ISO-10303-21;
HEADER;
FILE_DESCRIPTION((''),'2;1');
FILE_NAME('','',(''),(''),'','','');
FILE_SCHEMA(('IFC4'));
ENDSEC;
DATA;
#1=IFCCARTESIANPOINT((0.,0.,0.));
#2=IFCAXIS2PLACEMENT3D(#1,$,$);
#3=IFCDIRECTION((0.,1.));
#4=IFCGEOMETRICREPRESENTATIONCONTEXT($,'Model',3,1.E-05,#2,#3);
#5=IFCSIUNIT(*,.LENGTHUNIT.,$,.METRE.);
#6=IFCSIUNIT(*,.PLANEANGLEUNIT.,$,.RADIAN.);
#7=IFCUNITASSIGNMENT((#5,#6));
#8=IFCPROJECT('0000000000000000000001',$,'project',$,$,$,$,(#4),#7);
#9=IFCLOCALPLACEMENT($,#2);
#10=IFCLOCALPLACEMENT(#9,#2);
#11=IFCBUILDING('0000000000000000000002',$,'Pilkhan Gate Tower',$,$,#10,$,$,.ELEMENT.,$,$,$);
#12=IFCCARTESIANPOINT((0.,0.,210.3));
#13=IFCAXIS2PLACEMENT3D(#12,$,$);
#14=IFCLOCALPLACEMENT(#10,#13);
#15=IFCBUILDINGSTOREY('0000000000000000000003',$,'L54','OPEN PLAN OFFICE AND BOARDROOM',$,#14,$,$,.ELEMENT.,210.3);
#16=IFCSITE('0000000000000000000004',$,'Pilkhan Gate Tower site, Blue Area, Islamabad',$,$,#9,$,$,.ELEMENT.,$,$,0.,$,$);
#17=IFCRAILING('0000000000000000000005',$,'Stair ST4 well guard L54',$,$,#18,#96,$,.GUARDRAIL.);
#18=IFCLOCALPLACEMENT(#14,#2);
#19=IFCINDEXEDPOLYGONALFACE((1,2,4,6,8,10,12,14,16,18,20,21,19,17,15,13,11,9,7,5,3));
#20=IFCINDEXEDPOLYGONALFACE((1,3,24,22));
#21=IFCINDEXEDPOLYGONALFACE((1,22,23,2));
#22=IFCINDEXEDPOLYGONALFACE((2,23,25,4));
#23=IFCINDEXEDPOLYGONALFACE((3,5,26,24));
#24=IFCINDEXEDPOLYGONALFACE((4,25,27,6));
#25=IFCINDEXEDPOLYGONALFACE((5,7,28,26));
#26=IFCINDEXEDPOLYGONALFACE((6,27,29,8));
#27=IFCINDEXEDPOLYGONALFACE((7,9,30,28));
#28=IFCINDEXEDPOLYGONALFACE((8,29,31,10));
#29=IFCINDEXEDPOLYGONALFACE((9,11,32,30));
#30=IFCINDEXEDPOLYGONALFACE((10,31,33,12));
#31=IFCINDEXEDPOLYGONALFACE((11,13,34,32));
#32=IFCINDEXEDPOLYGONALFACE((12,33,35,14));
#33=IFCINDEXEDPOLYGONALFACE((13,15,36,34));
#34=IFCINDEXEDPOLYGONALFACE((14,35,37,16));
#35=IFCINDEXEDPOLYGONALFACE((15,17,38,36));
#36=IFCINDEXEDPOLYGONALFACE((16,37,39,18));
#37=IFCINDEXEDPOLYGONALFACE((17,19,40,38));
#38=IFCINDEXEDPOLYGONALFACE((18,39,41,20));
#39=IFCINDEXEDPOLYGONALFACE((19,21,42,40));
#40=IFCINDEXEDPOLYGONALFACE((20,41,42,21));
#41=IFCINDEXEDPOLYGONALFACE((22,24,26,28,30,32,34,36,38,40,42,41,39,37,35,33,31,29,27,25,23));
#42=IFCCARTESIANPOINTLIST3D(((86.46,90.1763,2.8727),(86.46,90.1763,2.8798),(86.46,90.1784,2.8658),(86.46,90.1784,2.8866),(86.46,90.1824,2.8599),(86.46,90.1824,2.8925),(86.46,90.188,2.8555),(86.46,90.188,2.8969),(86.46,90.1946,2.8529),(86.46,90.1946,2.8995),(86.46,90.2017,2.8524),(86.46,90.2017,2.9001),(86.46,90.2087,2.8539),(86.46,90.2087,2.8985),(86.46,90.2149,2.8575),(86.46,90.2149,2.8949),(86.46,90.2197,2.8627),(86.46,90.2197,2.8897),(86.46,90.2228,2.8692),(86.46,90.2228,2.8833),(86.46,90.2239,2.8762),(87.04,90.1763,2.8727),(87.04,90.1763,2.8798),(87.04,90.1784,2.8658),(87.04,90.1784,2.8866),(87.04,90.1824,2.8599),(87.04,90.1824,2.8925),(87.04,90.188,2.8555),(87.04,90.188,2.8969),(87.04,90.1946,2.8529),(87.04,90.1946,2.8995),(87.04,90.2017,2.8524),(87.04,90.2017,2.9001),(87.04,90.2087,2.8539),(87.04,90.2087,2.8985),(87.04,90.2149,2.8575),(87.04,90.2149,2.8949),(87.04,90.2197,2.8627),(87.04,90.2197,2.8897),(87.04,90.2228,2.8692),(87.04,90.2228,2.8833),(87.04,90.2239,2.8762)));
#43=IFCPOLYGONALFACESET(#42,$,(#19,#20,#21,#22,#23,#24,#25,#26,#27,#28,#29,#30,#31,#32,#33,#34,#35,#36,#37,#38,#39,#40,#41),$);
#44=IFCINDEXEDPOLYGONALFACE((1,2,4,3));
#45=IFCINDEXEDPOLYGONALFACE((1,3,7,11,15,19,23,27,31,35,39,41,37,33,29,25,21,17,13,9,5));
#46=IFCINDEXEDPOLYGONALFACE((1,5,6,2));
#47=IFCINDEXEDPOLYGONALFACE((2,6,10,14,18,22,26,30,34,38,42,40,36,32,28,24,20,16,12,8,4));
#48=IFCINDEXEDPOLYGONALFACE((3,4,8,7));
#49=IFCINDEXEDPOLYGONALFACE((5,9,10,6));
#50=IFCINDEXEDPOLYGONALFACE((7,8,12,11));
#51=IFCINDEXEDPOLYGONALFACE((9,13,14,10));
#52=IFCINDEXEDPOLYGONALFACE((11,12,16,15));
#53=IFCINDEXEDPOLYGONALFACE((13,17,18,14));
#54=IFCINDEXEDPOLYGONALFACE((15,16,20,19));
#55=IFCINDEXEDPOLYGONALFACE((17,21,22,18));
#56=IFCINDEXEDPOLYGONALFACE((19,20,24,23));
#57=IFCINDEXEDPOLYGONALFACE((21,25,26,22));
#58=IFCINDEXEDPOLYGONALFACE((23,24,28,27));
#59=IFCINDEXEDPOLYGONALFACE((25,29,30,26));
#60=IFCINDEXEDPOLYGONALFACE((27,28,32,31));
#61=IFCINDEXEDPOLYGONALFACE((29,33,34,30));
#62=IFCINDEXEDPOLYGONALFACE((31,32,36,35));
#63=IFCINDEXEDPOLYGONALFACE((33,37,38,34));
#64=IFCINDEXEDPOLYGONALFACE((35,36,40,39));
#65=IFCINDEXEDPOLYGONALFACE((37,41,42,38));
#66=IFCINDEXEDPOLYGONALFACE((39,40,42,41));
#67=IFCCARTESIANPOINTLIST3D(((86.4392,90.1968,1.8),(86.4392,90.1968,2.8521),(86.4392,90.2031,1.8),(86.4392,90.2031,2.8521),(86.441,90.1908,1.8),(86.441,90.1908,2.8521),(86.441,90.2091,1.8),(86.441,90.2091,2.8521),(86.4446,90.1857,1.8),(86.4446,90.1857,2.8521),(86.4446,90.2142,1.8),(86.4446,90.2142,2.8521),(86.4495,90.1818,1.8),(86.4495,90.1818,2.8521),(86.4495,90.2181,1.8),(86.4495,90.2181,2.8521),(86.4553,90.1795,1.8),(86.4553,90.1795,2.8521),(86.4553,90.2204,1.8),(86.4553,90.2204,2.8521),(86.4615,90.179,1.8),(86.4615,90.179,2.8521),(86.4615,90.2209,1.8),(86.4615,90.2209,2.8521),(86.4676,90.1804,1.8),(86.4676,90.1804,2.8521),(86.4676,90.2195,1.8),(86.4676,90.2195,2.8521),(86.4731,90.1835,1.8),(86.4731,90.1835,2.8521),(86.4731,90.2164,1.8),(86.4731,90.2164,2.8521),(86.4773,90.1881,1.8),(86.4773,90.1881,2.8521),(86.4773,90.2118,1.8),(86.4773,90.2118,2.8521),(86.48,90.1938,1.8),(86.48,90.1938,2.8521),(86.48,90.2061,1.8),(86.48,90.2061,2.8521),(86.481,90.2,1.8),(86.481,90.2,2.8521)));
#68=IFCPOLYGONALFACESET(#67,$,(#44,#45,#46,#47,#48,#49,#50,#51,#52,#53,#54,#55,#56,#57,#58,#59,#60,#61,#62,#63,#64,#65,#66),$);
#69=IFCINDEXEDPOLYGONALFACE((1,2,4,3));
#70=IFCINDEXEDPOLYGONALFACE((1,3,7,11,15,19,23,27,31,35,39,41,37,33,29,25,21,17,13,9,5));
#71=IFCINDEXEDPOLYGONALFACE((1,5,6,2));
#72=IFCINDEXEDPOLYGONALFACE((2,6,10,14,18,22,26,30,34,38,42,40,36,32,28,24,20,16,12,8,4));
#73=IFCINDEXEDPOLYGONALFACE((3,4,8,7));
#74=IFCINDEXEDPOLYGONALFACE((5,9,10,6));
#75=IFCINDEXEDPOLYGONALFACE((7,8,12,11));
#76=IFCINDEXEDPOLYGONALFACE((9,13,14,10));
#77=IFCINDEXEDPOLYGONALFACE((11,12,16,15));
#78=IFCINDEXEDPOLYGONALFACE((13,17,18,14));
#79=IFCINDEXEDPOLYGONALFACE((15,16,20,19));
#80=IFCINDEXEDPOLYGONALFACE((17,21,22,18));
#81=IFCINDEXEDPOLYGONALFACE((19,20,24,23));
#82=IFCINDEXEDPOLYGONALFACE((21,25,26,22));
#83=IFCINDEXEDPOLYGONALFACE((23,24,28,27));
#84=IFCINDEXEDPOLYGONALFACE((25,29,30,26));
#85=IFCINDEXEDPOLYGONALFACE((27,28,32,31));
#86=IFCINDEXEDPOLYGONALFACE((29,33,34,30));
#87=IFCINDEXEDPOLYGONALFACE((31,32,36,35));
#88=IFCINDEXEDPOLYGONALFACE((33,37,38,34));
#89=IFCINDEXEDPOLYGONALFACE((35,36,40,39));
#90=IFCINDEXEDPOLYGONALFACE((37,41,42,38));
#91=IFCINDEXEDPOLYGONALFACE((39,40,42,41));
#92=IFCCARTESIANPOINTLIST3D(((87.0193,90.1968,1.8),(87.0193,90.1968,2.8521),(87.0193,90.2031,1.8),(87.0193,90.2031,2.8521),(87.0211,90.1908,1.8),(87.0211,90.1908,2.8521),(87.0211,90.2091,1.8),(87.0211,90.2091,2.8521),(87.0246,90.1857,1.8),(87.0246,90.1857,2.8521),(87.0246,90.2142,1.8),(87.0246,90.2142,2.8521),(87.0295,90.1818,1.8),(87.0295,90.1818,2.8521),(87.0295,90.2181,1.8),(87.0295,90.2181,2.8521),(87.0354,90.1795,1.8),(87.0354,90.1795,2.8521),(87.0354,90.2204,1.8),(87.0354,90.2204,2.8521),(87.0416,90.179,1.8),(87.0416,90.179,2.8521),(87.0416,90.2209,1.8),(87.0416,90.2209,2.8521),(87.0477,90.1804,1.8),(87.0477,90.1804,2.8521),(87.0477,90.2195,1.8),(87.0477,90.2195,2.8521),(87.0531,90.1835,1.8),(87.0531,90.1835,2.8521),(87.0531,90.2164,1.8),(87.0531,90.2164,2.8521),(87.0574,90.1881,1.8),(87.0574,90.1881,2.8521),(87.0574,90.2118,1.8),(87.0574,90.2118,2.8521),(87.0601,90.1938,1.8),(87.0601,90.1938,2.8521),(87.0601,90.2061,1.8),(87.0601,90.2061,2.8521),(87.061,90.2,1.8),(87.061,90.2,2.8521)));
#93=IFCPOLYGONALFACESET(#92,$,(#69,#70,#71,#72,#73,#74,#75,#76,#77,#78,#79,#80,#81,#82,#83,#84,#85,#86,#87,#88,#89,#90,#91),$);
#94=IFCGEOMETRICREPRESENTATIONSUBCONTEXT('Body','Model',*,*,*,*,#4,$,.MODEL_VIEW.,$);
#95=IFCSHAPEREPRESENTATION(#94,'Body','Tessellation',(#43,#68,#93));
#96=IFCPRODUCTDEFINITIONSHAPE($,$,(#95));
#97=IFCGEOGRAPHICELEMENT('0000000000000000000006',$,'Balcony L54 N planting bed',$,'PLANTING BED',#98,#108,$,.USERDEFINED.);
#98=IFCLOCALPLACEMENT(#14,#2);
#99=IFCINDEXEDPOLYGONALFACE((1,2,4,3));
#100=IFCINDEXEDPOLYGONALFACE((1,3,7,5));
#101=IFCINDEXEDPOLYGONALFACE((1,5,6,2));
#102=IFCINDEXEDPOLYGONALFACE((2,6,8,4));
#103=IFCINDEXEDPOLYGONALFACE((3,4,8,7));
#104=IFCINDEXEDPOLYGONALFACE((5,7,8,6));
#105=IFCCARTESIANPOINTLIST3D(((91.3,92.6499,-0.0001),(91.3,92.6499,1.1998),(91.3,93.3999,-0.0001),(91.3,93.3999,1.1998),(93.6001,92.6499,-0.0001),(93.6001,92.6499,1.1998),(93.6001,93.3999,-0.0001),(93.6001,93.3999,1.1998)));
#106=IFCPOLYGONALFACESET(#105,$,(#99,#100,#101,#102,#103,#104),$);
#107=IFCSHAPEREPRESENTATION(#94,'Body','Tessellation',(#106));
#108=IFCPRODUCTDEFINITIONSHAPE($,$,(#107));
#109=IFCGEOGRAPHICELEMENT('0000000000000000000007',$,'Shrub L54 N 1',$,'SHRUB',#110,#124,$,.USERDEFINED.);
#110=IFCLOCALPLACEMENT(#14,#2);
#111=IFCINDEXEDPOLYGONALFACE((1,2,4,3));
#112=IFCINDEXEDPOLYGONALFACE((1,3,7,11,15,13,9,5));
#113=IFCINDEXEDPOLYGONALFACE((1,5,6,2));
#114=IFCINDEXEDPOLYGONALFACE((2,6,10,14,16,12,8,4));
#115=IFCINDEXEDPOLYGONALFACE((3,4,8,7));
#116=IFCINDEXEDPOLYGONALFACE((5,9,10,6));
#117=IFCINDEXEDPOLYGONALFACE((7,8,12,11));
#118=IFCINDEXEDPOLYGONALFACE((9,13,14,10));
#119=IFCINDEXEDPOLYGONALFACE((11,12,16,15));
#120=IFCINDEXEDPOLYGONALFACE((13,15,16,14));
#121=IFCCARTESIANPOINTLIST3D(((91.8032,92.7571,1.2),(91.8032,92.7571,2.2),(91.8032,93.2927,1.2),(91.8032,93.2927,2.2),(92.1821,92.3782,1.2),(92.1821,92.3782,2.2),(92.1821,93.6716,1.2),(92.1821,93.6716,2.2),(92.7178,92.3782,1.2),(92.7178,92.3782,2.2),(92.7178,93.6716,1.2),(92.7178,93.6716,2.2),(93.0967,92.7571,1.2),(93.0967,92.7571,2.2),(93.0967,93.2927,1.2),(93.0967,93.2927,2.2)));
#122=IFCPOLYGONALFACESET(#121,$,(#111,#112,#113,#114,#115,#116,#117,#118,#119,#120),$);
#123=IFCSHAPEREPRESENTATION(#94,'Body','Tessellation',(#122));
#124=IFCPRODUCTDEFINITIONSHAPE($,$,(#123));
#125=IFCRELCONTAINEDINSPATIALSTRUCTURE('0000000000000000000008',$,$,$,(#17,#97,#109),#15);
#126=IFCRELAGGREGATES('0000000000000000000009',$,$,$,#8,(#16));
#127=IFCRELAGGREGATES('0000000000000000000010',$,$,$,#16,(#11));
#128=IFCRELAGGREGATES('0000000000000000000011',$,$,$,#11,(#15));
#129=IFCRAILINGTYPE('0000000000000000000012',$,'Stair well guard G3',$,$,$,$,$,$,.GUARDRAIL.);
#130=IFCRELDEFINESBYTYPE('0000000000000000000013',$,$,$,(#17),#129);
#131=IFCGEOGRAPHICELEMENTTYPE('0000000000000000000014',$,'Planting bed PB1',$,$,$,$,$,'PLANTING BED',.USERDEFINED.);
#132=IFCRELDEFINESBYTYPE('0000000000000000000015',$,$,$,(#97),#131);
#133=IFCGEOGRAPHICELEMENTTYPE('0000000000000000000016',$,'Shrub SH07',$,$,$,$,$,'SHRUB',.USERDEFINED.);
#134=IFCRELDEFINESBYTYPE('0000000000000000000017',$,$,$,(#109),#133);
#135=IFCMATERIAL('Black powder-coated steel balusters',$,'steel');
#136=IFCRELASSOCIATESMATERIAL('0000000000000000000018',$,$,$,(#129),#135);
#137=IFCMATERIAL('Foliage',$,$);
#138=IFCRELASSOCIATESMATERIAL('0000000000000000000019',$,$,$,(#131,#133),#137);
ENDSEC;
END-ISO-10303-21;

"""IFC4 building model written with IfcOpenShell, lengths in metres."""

from ifc_helpers import new_model, si_unit, direction, frame, origin, origin_2d, place, context, subcontext, project, spatial, polyline, rectangle, circle, outline, extrude, material, material_profile, profile_set, type_object, element, save


model = new_model("IFC4")

# Units and contexts
model_context = context("Model", 3, precision=1e-05, world=origin(), true_north=direction((0.0, 1.0)))
body_context = subcontext(model_context, "Body", "Model", "MODEL_VIEW")
ifc_project = project(units=[si_unit("LENGTHUNIT", "METRE"), si_unit("PLANEANGLEUNIT", "RADIAN")], contexts=[model_context])

# Site, building, storey
site_placement = place(None, origin())
site = spatial("IfcSite", under=ifc_project, at=site_placement, Name="Pilkhan Gate Tower site, Blue Area, Islamabad", CompositionType="ELEMENT", RefElevation=0.0)
building_placement = place(site_placement, origin())
building = spatial("IfcBuilding", under=site, at=building_placement, Name="Pilkhan Gate Tower", CompositionType="ELEMENT")
storey_placement = place(building_placement, frame((0.0, 0.0, 210.3)))
storey = spatial("IfcBuildingStorey", under=building, at=storey_placement, Name="L54", Description="OPEN PLAN OFFICE AND BOARDROOM", CompositionType="ELEMENT", Elevation=210.3)

# Railing
ifc_material_1 = material(Name="Black powder-coated steel balusters", Category="steel")
railing_type_1 = type_object("IfcRailingType", Name="Stair well guard G3", PredefinedType="GUARDRAIL", material=ifc_material_1)
railing_1_placement = place(storey_placement, frame((86.46, 90.2, 1.8)))
element("IfcRailing", 1, at=railing_1_placement, inside=storey, type_object=railing_type_1, Name="Stair ST4 well guard L54", PredefinedType="GUARDRAIL", context=body_context, shape_type="SweptSolid", body=[
    extrude(circle(Radius=0.0239, at=origin_2d()), frame((0.0, 0.0, 1.0762), z_axis=(1.0, 0.0, 0.0), x_axis=(0.0, 1.0, 0.0)), (0.0, 0.0, 1.0), 0.5801),
    extrude(circle(Radius=0.021, at=origin_2d()), origin(), (0.0, 0.0, 1.0), 1.052),
    extrude(circle(Radius=0.021, at=origin_2d()), frame((0.5801, 0.0, 0.0)), (0.0, 0.0, 1.0), 1.052),
])

# Geographic elements
ifc_material_2 = material(Name="Foliage")
ifc_material_profile_1 = material_profile(ifc_material_2, rectangle(XDim=0.75, YDim=1.2, at=origin_2d()), Name="Bed 750x1200")
ifc_profile_set_1 = profile_set([ifc_material_profile_1], Name="Foliage")
geographic_element_type_1 = type_object("IfcGeographicElementType", Name="Planting bed PB1", ElementType="PLANTING BED", PredefinedType="USERDEFINED", material=ifc_profile_set_1)
geographic_element_1_placement = place(storey_placement, frame((91.3, 93.0249, 0.5999), z_axis=(1.0, 0.0, 0.0), x_axis=(0.0, 1.0, 0.0)))
element("IfcGeographicElement", 2, at=geographic_element_1_placement, inside=storey, type_object=geographic_element_type_1, Name="Balcony L54 N planting bed", ObjectType="PLANTING BED", PredefinedType="USERDEFINED", context=body_context, shape_type="SweptSolid", body=[
    extrude(rectangle(XDim=0.75, YDim=1.2, at=origin_2d()), origin(), (0.0, 0.0, 1.0), 2.3),
])
ifc_material_profile_2 = material_profile(ifc_material_2, outline(polyline([(0.6467, 0.2678), (0.2678, 0.6467), (-0.2678, 0.6467), (-0.6467, 0.2678), (-0.6467, -0.2678), (-0.2678, -0.6467), (0.2678, -0.6467), (0.6467, -0.2678), (0.6467, 0.2678)])), Name="Shrub D1.4")
ifc_profile_set_2 = profile_set([ifc_material_profile_2], Name="Foliage")
geographic_element_type_2 = type_object("IfcGeographicElementType", Name="Shrub SH07", ElementType="SHRUB", PredefinedType="USERDEFINED", material=ifc_profile_set_2)
geographic_element_2_placement = place(storey_placement, frame((92.45, 93.0249, 1.2), z_axis=(0.0, 0.0, 1.0), x_axis=(1.0, 0.0, 0.0)))
element("IfcGeographicElement", 3, at=geographic_element_2_placement, inside=storey, type_object=geographic_element_type_2, Name="Shrub L54 N 1", ObjectType="SHRUB", PredefinedType="USERDEFINED", context=body_context, shape_type="SweptSolid", body=[
    extrude(outline(polyline([(0.6467, 0.2678), (0.2678, 0.6467), (-0.2678, 0.6467), (-0.6467, 0.2678), (-0.6467, -0.2678), (-0.2678, -0.6467), (0.2678, -0.6467), (0.6467, -0.2678), (0.6467, 0.2678)])), origin(), (0.0, 0.0, 1.0), 1.0),
])

save(model, "model.ifc")
